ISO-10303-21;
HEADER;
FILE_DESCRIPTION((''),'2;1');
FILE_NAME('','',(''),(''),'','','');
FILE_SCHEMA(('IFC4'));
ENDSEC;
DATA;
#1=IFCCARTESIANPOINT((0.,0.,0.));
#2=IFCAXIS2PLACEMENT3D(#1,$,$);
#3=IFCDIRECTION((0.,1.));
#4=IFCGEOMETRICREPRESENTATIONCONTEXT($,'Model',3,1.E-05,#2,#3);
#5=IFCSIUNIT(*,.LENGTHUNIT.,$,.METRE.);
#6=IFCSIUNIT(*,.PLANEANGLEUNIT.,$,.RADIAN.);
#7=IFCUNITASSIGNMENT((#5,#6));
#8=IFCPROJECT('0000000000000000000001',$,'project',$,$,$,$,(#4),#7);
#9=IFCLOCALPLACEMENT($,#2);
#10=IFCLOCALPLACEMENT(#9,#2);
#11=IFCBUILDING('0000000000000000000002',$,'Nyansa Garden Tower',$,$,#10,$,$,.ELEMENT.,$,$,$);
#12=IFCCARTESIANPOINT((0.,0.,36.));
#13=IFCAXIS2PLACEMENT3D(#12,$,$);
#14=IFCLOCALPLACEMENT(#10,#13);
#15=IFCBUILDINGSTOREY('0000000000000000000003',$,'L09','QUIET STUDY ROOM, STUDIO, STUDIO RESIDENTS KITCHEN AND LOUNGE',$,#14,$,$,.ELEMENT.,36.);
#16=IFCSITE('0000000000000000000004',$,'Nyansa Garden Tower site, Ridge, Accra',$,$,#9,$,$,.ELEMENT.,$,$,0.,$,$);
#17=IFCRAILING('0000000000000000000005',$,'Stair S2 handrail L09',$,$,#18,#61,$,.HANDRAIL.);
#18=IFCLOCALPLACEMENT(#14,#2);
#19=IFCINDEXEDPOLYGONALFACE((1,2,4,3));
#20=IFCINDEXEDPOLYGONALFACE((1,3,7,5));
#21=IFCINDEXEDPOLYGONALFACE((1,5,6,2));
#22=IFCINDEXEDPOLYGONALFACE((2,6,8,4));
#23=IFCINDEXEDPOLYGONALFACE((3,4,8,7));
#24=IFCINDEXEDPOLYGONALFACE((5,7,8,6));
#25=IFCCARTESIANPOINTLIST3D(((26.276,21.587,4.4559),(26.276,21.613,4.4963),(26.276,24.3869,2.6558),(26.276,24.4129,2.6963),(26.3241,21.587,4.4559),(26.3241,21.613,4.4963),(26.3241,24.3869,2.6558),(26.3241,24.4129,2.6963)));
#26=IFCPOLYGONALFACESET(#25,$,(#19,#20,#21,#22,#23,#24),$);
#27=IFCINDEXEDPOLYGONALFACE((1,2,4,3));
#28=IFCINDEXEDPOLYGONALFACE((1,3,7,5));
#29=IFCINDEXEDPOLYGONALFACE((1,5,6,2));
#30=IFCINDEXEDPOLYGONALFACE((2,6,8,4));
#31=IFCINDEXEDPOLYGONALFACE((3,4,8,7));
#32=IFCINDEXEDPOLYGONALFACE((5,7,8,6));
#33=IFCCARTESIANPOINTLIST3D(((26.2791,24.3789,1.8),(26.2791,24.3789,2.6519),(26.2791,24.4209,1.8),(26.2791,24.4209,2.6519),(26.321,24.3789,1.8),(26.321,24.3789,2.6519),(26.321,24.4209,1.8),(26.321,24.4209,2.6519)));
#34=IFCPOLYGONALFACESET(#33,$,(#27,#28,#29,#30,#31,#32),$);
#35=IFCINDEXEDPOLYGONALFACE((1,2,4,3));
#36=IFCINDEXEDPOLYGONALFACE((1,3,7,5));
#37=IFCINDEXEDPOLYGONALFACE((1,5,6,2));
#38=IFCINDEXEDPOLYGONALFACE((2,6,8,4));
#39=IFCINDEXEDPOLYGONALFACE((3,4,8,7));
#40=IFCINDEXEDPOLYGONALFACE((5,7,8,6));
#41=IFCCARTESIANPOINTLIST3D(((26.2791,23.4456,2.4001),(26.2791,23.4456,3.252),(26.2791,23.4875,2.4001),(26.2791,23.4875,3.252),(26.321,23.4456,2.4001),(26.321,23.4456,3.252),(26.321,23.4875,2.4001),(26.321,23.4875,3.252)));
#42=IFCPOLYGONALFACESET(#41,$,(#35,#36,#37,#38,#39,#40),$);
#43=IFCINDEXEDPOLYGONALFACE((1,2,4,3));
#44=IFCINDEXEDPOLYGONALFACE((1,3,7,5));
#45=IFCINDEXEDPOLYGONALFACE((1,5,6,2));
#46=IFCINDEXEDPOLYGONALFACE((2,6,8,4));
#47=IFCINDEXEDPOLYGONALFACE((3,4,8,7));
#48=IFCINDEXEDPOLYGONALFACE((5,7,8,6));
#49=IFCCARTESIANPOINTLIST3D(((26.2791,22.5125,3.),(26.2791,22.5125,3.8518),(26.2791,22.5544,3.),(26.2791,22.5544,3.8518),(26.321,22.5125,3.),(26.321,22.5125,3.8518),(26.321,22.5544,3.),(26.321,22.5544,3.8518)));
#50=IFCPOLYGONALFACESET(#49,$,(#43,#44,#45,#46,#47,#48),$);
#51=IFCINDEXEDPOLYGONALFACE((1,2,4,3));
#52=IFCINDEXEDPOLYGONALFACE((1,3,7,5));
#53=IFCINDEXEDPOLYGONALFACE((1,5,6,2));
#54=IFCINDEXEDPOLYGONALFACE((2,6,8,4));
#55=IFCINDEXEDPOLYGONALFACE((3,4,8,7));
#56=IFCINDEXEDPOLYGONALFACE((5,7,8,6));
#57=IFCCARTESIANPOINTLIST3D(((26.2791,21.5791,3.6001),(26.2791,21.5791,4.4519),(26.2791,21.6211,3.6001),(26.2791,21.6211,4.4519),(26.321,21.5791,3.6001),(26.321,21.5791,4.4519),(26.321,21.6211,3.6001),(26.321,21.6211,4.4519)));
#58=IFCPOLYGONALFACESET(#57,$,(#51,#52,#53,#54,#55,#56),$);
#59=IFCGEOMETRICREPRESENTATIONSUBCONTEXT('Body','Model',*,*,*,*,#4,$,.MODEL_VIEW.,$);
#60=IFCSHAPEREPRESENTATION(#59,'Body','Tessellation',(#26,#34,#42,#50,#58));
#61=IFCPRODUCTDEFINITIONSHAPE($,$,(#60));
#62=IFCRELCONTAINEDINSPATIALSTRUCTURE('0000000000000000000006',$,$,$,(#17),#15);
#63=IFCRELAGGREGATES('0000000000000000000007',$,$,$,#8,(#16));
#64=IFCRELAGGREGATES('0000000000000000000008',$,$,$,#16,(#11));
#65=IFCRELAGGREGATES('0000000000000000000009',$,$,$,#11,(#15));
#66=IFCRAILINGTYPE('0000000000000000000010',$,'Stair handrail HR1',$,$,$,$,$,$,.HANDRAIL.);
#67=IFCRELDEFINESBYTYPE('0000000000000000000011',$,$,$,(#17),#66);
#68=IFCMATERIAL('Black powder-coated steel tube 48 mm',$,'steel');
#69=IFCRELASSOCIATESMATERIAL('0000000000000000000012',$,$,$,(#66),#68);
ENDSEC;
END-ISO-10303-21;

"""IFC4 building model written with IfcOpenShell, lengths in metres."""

from ifc_helpers import new_model, si_unit, direction, frame, origin, origin_2d, place, context, subcontext, project, spatial, rectangle, extrude, material, type_object, element, save


model = new_model("IFC4")

# Units and contexts
model_context = context("Model", 3, precision=1e-05, world=origin(), true_north=direction((0.0, 1.0)))
body_context = subcontext(model_context, "Body", "Model", "MODEL_VIEW")
ifc_project = project(units=[si_unit("LENGTHUNIT", "METRE"), si_unit("PLANEANGLEUNIT", "RADIAN")], contexts=[model_context])

# Site, building, storey
site_placement = place(None, origin())
site = spatial("IfcSite", under=ifc_project, at=site_placement, Name="Nyansa Garden Tower site, Ridge, Accra", CompositionType="ELEMENT", RefElevation=0.0)
building_placement = place(site_placement, origin())
building = spatial("IfcBuilding", under=site, at=building_placement, Name="Nyansa Garden Tower", CompositionType="ELEMENT")
storey_placement = place(building_placement, frame((0.0, 0.0, 36.0)))
storey = spatial("IfcBuildingStorey", under=building, at=storey_placement, Name="L09", Description="QUIET STUDY ROOM, STUDIO, STUDIO RESIDENTS KITCHEN AND LOUNGE", CompositionType="ELEMENT", Elevation=36.0)

# Railing
ifc_material_1 = material(Name="Black powder-coated steel tube 48 mm", Category="steel")
railing_type = type_object("IfcRailingType", Name="Stair handrail HR1", PredefinedType="HANDRAIL", material=ifc_material_1)
railing_1_placement = place(storey_placement, frame((26.3, 24.3999, 1.8)))
element("IfcRailing", 1, at=railing_1_placement, inside=storey, type_object=railing_type, Name="Stair S2 handrail L09", PredefinedType="HANDRAIL", context=body_context, shape_type="SweptSolid", body=[
    extrude(rectangle(XDim=0.0481, YDim=0.0481, at=origin_2d()), frame((0.0, 0.0, 0.876), z_axis=(0.0, -0.841155, 0.540795), x_axis=(1.0, 0.0, 0.0)), (0.0, 0.0, 1.0), 3.3286),
    extrude(rectangle(XDim=0.042, YDim=0.042, at=origin_2d()), origin(), (0.0, 0.0, 1.0), 0.8518),
    extrude(rectangle(XDim=0.042, YDim=0.042, at=origin_2d()), frame((0.0, -0.9333, 0.6001)), (0.0, 0.0, 1.0), 0.8518),
    extrude(rectangle(XDim=0.042, YDim=0.042, at=origin_2d()), frame((0.0, -1.8665, 1.2)), (0.0, 0.0, 1.0), 0.8518),
    extrude(rectangle(XDim=0.042, YDim=0.042, at=origin_2d()), frame((0.0, -2.7998, 1.8)), (0.0, 0.0, 1.0), 0.8518),
])

save(model, "model.ifc")
